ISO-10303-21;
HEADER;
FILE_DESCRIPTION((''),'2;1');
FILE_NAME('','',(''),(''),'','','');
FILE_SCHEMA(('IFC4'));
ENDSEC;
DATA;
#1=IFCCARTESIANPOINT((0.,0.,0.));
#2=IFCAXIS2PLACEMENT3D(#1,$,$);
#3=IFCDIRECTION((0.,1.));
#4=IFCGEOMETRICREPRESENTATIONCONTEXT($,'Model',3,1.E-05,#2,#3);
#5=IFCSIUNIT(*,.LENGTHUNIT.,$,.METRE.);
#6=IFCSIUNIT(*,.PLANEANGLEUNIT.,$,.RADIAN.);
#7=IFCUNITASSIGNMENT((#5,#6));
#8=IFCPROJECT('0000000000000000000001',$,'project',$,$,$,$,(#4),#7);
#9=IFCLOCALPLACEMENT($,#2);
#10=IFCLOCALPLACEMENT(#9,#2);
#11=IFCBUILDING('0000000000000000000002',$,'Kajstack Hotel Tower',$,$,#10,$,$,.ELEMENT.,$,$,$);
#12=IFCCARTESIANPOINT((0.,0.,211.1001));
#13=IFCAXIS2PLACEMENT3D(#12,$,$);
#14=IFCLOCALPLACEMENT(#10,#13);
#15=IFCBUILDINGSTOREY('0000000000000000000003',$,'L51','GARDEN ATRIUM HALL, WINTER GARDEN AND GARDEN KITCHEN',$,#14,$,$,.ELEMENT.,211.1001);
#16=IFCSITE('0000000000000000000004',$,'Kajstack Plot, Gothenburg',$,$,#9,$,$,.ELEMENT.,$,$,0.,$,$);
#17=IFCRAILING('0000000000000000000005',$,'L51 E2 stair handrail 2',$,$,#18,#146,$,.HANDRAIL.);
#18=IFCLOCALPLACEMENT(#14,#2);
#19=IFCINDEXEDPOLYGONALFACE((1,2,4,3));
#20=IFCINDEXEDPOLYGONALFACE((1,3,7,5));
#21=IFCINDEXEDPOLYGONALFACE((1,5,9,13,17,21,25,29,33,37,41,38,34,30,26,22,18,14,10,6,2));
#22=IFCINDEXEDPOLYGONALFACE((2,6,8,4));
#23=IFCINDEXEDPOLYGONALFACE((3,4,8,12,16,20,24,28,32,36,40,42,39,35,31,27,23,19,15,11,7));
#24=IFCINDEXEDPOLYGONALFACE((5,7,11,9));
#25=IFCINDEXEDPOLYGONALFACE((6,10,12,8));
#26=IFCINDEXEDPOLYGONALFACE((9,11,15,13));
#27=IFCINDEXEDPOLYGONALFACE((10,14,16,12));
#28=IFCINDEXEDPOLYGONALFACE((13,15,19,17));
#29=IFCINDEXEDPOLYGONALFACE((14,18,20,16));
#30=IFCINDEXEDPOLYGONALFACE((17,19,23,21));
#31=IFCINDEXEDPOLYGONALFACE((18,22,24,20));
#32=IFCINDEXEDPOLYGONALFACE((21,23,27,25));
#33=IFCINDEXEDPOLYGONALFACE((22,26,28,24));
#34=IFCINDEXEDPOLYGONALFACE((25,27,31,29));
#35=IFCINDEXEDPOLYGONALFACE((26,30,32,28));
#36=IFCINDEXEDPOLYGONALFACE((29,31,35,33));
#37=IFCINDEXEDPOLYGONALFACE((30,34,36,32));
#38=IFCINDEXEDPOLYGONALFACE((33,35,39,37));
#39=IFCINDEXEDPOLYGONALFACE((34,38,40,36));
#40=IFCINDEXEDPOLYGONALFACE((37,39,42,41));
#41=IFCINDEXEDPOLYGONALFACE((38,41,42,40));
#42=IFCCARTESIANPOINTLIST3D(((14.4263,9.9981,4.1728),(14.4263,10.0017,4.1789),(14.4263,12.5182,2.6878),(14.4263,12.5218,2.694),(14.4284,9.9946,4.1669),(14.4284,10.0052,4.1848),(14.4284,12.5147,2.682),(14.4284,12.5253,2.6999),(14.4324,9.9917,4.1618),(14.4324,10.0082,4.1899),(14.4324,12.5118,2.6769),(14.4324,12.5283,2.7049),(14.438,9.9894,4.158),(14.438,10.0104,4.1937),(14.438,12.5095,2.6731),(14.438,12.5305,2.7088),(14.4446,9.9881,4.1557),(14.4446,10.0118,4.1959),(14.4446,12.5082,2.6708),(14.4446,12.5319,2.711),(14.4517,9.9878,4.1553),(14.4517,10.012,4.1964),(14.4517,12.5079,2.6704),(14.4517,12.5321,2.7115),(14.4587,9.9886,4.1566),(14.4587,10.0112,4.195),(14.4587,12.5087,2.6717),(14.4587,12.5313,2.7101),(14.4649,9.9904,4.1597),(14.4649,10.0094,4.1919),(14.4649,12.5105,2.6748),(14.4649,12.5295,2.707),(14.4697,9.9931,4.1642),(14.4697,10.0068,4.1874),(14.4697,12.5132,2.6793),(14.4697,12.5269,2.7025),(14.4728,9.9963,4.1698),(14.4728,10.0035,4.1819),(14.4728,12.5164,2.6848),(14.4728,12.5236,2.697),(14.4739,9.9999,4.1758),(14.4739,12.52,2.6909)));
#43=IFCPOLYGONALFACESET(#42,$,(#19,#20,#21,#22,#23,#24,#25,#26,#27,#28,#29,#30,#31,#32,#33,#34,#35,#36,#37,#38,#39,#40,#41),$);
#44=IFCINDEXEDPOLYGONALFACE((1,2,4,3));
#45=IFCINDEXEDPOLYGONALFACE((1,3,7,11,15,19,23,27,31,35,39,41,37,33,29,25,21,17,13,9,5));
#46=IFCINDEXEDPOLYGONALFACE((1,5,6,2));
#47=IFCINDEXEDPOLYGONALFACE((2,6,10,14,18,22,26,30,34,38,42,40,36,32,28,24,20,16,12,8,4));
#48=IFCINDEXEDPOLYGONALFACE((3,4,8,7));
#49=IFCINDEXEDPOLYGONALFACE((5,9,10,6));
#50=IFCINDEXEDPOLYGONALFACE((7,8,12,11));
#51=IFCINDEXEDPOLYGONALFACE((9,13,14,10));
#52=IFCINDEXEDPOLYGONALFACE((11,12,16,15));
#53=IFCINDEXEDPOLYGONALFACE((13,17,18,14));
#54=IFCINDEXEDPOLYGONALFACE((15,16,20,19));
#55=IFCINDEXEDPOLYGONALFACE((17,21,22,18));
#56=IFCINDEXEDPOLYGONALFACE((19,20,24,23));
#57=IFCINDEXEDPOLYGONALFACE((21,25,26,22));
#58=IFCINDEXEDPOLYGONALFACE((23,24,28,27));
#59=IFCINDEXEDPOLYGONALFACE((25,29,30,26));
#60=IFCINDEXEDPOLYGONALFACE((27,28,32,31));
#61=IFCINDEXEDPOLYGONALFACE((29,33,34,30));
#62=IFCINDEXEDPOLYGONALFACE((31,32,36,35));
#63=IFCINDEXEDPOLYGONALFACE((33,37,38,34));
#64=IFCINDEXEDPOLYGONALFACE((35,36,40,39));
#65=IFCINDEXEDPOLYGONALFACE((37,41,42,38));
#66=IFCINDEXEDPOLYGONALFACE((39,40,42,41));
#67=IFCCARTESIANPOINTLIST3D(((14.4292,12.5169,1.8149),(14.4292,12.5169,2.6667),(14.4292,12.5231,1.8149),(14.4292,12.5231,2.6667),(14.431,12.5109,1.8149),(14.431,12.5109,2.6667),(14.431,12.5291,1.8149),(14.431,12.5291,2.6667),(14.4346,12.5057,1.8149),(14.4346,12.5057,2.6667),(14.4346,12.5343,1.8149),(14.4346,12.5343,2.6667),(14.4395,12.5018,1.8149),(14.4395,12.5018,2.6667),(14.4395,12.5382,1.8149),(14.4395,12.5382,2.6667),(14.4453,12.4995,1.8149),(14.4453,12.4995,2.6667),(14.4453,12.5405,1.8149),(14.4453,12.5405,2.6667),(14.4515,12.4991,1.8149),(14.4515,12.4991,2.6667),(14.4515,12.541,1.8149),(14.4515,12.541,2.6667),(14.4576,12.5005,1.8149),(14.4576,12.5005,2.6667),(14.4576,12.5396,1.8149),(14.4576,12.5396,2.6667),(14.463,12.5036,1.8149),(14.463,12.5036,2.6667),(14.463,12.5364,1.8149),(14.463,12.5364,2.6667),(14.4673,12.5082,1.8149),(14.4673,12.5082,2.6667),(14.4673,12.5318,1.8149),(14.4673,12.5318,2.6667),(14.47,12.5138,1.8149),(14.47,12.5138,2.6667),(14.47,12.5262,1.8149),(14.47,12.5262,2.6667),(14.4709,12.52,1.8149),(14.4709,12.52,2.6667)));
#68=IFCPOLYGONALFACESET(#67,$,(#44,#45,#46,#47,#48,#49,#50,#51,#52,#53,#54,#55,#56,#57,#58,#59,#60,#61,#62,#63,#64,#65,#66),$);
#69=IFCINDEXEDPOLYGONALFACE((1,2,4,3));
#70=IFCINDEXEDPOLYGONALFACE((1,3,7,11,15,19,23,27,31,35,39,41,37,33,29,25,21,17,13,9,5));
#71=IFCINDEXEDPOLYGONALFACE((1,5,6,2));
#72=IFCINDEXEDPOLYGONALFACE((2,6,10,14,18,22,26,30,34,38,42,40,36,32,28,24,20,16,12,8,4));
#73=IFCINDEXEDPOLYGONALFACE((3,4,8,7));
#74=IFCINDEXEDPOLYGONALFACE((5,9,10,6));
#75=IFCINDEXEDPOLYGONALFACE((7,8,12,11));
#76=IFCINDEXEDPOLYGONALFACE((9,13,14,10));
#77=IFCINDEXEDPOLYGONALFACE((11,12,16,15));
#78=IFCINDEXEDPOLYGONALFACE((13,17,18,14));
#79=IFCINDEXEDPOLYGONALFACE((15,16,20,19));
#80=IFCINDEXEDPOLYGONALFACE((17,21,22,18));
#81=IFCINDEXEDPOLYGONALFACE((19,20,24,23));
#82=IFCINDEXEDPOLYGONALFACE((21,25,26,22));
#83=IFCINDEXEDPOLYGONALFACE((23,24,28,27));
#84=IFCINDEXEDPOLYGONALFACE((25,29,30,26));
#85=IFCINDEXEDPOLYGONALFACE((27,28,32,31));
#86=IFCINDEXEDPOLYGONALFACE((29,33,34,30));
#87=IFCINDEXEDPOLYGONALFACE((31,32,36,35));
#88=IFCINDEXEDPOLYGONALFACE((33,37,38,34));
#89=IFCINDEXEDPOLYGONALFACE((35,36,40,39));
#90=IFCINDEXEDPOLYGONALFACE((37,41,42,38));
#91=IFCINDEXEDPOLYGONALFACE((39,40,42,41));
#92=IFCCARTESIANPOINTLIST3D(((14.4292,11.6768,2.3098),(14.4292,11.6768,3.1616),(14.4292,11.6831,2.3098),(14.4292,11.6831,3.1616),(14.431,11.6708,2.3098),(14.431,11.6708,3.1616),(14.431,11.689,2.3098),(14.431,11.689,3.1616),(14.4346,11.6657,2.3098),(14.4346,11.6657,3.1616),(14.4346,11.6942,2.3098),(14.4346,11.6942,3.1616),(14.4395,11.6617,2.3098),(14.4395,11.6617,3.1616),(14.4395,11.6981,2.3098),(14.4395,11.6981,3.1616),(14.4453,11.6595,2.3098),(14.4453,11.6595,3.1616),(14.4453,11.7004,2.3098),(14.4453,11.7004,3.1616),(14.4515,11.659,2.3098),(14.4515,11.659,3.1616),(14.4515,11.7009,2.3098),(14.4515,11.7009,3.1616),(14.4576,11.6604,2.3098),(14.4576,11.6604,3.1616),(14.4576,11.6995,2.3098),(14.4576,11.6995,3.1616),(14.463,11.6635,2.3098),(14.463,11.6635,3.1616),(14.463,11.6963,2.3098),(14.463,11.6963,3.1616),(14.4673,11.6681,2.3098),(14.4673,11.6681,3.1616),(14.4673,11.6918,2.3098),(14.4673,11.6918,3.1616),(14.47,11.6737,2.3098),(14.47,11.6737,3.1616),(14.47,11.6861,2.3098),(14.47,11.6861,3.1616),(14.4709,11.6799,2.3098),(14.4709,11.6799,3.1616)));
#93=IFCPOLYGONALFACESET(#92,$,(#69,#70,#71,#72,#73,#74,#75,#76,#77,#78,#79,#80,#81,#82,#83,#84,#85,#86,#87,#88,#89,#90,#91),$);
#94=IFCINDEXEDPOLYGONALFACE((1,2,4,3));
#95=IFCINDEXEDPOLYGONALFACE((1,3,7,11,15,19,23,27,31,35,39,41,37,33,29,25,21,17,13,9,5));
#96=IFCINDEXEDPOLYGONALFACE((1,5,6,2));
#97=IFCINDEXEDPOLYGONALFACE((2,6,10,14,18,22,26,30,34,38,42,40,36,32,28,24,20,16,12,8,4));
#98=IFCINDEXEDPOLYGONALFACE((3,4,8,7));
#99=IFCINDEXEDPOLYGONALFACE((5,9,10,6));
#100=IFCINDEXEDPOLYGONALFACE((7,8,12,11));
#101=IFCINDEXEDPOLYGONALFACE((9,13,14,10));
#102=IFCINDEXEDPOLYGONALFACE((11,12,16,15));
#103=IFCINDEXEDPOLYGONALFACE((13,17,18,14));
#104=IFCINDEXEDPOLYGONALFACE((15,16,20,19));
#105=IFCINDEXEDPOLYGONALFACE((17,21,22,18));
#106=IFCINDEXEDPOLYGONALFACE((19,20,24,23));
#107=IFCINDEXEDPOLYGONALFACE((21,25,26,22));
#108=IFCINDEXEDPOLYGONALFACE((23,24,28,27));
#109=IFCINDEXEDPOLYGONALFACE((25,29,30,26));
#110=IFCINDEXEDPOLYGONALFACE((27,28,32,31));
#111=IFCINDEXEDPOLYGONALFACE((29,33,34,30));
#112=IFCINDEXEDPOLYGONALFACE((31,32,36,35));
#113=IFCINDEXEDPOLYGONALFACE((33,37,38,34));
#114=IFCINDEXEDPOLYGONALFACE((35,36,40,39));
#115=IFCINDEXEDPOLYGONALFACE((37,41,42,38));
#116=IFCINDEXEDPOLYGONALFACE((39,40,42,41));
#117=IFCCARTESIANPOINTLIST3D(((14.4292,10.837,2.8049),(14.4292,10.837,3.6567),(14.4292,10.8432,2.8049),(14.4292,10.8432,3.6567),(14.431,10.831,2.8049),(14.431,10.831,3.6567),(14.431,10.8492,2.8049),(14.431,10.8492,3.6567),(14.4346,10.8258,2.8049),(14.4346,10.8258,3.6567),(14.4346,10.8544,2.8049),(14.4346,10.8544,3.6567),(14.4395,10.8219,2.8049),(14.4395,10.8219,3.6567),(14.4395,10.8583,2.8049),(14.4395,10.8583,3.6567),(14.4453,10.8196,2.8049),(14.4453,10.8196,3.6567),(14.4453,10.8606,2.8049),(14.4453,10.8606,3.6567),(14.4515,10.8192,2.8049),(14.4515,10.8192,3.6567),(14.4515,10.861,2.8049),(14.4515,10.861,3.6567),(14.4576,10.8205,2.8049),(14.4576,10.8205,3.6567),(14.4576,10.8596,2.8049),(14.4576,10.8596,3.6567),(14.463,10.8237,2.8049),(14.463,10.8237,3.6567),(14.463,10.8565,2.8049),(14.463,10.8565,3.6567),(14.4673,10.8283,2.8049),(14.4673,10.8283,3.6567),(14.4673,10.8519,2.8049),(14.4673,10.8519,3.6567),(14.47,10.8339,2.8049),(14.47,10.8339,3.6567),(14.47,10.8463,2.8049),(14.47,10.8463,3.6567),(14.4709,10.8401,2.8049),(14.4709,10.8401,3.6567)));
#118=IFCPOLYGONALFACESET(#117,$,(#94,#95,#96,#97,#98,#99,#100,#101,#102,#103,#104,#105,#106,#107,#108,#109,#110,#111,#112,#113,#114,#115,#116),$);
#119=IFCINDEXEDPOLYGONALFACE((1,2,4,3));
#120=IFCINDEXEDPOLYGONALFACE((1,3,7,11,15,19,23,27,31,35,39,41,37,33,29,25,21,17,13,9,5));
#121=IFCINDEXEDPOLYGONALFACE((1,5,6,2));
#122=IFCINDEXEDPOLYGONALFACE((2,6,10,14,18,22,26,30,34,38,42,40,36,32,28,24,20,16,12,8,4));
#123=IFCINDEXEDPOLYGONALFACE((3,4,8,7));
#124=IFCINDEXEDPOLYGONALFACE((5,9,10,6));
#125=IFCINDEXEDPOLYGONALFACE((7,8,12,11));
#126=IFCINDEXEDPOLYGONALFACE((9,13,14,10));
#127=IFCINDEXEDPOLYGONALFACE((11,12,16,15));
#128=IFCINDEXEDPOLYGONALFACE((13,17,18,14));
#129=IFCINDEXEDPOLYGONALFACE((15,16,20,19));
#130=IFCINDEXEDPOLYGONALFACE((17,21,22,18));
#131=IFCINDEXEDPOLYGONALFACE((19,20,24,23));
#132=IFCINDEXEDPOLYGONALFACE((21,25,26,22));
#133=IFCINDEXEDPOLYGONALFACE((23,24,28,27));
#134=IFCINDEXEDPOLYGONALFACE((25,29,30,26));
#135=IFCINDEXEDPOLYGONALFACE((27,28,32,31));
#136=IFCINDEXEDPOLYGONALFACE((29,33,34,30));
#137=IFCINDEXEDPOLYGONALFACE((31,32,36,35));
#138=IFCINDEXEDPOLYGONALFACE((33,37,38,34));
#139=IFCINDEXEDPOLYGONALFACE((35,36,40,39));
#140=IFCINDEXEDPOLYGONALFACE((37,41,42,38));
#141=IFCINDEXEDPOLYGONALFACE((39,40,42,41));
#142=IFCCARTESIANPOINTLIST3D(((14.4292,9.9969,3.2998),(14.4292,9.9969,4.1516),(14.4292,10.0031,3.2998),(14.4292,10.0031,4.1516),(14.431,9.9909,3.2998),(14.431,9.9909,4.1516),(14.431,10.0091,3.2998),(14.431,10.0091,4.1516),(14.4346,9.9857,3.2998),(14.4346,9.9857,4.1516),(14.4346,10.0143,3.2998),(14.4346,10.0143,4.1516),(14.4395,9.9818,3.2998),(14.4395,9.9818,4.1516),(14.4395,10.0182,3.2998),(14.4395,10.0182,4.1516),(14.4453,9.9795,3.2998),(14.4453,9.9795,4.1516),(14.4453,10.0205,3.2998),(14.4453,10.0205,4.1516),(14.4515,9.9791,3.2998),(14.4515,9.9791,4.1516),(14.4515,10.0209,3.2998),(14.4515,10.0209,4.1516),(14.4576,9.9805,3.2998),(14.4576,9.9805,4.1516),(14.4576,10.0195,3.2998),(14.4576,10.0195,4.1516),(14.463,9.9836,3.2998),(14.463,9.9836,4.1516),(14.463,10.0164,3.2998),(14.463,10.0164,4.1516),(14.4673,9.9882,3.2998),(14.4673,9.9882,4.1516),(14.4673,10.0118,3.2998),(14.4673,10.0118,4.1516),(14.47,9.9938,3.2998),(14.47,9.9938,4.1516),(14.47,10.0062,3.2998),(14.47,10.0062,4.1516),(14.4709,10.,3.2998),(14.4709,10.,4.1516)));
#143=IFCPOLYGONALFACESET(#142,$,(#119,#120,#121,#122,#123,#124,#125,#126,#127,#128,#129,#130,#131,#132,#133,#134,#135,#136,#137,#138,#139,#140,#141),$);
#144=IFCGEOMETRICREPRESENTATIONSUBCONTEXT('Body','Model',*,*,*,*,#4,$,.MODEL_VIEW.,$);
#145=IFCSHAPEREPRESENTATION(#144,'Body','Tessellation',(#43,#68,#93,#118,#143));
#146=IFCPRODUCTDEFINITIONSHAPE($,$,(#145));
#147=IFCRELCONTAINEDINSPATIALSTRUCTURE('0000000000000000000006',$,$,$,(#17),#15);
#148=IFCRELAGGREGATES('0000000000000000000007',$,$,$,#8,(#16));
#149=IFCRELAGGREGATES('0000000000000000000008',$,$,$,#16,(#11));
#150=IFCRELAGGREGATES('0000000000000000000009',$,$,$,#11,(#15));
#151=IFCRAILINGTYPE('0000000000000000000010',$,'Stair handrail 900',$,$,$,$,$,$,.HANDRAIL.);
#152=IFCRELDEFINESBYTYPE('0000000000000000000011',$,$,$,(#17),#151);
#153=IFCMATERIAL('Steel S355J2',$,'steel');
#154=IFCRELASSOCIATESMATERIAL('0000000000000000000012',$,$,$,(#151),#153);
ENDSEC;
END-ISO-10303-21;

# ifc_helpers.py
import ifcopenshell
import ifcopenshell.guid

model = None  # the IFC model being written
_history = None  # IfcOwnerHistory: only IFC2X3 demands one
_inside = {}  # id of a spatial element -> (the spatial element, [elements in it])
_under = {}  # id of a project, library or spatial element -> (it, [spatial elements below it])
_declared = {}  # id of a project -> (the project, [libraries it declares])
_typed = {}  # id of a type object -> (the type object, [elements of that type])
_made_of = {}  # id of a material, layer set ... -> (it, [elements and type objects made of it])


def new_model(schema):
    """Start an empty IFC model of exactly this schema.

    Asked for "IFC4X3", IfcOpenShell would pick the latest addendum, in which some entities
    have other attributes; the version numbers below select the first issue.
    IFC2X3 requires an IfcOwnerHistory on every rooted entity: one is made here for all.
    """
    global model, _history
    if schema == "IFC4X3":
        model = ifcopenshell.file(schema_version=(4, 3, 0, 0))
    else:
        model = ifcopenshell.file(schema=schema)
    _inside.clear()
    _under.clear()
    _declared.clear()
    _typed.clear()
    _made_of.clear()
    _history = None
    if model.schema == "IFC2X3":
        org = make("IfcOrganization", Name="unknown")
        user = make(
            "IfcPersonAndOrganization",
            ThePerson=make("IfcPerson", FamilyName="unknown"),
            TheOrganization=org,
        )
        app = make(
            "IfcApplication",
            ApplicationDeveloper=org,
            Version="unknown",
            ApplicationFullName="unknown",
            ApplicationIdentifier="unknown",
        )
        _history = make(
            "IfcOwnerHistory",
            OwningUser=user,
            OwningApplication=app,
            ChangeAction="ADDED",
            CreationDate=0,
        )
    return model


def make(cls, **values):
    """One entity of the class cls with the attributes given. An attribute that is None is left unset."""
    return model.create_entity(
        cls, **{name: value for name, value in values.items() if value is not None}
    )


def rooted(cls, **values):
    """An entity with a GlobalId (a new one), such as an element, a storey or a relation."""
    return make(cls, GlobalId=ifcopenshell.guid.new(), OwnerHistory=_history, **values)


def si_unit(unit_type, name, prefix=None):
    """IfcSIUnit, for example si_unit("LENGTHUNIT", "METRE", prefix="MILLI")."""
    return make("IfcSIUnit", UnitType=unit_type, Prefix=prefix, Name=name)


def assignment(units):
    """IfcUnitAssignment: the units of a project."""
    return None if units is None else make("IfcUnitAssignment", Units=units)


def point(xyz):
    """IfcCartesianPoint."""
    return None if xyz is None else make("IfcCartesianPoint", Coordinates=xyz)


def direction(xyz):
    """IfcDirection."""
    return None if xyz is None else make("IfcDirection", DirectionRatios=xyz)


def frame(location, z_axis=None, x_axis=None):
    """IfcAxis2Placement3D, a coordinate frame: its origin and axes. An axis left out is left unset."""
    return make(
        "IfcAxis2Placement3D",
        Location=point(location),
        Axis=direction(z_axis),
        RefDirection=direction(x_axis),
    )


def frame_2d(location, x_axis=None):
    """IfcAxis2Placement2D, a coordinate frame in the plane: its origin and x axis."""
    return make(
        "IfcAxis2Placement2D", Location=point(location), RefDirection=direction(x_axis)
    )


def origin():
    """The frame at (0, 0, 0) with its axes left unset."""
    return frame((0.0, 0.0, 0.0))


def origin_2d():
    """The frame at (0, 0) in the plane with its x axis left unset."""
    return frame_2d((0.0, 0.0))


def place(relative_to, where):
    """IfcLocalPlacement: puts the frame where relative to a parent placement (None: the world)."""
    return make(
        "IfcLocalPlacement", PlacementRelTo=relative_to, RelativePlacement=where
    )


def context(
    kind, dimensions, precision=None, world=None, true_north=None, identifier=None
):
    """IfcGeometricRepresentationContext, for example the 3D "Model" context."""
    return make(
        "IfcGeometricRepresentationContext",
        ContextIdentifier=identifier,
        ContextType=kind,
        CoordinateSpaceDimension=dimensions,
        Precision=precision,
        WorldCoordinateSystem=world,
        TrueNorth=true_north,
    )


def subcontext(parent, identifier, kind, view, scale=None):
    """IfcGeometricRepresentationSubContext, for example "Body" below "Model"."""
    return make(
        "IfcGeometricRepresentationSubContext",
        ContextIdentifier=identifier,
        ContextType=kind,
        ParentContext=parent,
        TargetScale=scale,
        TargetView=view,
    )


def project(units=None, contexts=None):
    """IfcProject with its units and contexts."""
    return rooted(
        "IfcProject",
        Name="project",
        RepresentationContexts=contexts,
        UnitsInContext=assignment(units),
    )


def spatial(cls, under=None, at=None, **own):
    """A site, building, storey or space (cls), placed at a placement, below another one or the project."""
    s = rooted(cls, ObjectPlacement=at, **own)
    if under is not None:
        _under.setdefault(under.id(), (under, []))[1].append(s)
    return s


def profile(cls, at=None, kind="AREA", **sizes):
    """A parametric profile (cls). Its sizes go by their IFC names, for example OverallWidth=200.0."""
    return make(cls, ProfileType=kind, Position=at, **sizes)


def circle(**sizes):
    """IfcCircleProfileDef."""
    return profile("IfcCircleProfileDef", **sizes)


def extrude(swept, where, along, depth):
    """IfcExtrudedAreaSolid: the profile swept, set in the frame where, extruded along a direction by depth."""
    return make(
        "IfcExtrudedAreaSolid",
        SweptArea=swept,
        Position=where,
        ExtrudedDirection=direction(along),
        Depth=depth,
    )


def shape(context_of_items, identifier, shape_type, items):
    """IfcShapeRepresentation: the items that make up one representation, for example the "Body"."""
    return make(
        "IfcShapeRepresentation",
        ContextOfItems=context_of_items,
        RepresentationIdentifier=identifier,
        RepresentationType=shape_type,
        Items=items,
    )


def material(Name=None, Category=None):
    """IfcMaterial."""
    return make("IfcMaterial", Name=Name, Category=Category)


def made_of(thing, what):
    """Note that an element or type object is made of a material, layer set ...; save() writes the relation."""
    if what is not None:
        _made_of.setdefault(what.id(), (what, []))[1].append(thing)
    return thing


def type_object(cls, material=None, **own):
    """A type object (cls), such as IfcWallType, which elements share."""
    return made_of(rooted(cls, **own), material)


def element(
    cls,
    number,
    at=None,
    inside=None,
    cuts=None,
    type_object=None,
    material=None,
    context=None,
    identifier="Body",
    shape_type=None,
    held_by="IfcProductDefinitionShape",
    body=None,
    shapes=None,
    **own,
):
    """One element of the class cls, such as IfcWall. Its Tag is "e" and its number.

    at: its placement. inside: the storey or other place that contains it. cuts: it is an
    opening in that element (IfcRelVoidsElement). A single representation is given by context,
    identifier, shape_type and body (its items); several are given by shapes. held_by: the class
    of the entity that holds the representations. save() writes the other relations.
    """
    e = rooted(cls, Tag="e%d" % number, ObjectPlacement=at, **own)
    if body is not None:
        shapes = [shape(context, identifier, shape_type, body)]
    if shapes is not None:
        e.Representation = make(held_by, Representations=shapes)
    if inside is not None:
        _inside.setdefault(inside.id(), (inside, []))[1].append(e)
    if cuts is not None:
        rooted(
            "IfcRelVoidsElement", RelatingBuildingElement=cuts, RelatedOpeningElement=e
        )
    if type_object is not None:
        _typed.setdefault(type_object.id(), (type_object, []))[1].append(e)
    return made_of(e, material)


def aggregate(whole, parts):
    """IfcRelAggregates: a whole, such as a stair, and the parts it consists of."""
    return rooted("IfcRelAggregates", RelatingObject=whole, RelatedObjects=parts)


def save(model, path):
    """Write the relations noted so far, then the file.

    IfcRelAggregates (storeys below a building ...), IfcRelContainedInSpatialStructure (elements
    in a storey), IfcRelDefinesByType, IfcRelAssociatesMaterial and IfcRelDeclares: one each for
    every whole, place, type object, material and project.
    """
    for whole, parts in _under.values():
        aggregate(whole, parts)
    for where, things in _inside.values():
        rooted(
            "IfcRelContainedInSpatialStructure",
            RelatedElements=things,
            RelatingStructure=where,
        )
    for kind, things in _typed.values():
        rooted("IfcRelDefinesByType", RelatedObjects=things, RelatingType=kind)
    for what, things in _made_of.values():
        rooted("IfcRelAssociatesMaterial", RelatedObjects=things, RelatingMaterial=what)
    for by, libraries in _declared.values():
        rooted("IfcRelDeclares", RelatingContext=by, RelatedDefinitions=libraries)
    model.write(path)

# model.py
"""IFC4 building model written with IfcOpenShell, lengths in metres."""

from ifc_helpers import new_model, si_unit, direction, frame, origin, origin_2d, place, context, subcontext, project, spatial, circle, extrude, material, type_object, element, save


model = new_model("IFC4")

# Units and contexts
model_context = context("Model", 3, precision=1e-05, world=origin(), true_north=direction((0.0, 1.0)))
body_context = subcontext(model_context, "Body", "Model", "MODEL_VIEW")
ifc_project = project(units=[si_unit("LENGTHUNIT", "METRE"), si_unit("PLANEANGLEUNIT", "RADIAN")], contexts=[model_context])

# Site, building, storey
site_placement = place(None, origin())
site = spatial("IfcSite", under=ifc_project, at=site_placement, Name="Kajstack Plot, Gothenburg", CompositionType="ELEMENT", RefElevation=0.0)
building_placement = place(site_placement, origin())
building = spatial("IfcBuilding", under=site, at=building_placement, Name="Kajstack Hotel Tower", CompositionType="ELEMENT")
storey_placement = place(building_placement, frame((0.0, 0.0, 211.1001)))
storey = spatial("IfcBuildingStorey", under=building, at=storey_placement, Name="L51", Description="GARDEN ATRIUM HALL, WINTER GARDEN AND GARDEN KITCHEN", CompositionType="ELEMENT", Elevation=211.1001)

# Railing
ifc_material_1 = material(Name="Steel S355J2", Category="steel")
railing_type_1 = type_object("IfcRailingType", Name="Stair handrail 900", PredefinedType="HANDRAIL", material=ifc_material_1)
for number, where, name in (
    (1, (14.45, 12.52, 1.8149), "L51 E2 stair handrail 2"),
):
    element("IfcRailing", number, at=place(storey_placement, frame(where)), inside=storey, type_object=railing_type_1, Name=name, PredefinedType="HANDRAIL", context=body_context, shape_type="SweptSolid", body=[
        extrude(circle(Radius=0.0239, at=origin_2d()), frame((0.0, 0.0, 0.876), z_axis=(0.0, -0.861561, 0.507655), x_axis=(1.0, 0.0, 0.0)), (0.0, 0.0, 1.0), 2.925),
        extrude(circle(Radius=0.021, at=origin_2d()), origin(), (0.0, 0.0, 1.0), 0.8518),
        extrude(circle(Radius=0.021, at=origin_2d()), frame((0.0, -0.8401, 0.4949)), (0.0, 0.0, 1.0), 0.8518),
        extrude(circle(Radius=0.021, at=origin_2d()), frame((0.0, -1.6799, 0.99)), (0.0, 0.0, 1.0), 0.8518),
        extrude(circle(Radius=0.021, at=origin_2d()), frame((0.0, -2.52, 1.4849)), (0.0, 0.0, 1.0), 0.8518),
    ])

save(model, "model.ifc")
